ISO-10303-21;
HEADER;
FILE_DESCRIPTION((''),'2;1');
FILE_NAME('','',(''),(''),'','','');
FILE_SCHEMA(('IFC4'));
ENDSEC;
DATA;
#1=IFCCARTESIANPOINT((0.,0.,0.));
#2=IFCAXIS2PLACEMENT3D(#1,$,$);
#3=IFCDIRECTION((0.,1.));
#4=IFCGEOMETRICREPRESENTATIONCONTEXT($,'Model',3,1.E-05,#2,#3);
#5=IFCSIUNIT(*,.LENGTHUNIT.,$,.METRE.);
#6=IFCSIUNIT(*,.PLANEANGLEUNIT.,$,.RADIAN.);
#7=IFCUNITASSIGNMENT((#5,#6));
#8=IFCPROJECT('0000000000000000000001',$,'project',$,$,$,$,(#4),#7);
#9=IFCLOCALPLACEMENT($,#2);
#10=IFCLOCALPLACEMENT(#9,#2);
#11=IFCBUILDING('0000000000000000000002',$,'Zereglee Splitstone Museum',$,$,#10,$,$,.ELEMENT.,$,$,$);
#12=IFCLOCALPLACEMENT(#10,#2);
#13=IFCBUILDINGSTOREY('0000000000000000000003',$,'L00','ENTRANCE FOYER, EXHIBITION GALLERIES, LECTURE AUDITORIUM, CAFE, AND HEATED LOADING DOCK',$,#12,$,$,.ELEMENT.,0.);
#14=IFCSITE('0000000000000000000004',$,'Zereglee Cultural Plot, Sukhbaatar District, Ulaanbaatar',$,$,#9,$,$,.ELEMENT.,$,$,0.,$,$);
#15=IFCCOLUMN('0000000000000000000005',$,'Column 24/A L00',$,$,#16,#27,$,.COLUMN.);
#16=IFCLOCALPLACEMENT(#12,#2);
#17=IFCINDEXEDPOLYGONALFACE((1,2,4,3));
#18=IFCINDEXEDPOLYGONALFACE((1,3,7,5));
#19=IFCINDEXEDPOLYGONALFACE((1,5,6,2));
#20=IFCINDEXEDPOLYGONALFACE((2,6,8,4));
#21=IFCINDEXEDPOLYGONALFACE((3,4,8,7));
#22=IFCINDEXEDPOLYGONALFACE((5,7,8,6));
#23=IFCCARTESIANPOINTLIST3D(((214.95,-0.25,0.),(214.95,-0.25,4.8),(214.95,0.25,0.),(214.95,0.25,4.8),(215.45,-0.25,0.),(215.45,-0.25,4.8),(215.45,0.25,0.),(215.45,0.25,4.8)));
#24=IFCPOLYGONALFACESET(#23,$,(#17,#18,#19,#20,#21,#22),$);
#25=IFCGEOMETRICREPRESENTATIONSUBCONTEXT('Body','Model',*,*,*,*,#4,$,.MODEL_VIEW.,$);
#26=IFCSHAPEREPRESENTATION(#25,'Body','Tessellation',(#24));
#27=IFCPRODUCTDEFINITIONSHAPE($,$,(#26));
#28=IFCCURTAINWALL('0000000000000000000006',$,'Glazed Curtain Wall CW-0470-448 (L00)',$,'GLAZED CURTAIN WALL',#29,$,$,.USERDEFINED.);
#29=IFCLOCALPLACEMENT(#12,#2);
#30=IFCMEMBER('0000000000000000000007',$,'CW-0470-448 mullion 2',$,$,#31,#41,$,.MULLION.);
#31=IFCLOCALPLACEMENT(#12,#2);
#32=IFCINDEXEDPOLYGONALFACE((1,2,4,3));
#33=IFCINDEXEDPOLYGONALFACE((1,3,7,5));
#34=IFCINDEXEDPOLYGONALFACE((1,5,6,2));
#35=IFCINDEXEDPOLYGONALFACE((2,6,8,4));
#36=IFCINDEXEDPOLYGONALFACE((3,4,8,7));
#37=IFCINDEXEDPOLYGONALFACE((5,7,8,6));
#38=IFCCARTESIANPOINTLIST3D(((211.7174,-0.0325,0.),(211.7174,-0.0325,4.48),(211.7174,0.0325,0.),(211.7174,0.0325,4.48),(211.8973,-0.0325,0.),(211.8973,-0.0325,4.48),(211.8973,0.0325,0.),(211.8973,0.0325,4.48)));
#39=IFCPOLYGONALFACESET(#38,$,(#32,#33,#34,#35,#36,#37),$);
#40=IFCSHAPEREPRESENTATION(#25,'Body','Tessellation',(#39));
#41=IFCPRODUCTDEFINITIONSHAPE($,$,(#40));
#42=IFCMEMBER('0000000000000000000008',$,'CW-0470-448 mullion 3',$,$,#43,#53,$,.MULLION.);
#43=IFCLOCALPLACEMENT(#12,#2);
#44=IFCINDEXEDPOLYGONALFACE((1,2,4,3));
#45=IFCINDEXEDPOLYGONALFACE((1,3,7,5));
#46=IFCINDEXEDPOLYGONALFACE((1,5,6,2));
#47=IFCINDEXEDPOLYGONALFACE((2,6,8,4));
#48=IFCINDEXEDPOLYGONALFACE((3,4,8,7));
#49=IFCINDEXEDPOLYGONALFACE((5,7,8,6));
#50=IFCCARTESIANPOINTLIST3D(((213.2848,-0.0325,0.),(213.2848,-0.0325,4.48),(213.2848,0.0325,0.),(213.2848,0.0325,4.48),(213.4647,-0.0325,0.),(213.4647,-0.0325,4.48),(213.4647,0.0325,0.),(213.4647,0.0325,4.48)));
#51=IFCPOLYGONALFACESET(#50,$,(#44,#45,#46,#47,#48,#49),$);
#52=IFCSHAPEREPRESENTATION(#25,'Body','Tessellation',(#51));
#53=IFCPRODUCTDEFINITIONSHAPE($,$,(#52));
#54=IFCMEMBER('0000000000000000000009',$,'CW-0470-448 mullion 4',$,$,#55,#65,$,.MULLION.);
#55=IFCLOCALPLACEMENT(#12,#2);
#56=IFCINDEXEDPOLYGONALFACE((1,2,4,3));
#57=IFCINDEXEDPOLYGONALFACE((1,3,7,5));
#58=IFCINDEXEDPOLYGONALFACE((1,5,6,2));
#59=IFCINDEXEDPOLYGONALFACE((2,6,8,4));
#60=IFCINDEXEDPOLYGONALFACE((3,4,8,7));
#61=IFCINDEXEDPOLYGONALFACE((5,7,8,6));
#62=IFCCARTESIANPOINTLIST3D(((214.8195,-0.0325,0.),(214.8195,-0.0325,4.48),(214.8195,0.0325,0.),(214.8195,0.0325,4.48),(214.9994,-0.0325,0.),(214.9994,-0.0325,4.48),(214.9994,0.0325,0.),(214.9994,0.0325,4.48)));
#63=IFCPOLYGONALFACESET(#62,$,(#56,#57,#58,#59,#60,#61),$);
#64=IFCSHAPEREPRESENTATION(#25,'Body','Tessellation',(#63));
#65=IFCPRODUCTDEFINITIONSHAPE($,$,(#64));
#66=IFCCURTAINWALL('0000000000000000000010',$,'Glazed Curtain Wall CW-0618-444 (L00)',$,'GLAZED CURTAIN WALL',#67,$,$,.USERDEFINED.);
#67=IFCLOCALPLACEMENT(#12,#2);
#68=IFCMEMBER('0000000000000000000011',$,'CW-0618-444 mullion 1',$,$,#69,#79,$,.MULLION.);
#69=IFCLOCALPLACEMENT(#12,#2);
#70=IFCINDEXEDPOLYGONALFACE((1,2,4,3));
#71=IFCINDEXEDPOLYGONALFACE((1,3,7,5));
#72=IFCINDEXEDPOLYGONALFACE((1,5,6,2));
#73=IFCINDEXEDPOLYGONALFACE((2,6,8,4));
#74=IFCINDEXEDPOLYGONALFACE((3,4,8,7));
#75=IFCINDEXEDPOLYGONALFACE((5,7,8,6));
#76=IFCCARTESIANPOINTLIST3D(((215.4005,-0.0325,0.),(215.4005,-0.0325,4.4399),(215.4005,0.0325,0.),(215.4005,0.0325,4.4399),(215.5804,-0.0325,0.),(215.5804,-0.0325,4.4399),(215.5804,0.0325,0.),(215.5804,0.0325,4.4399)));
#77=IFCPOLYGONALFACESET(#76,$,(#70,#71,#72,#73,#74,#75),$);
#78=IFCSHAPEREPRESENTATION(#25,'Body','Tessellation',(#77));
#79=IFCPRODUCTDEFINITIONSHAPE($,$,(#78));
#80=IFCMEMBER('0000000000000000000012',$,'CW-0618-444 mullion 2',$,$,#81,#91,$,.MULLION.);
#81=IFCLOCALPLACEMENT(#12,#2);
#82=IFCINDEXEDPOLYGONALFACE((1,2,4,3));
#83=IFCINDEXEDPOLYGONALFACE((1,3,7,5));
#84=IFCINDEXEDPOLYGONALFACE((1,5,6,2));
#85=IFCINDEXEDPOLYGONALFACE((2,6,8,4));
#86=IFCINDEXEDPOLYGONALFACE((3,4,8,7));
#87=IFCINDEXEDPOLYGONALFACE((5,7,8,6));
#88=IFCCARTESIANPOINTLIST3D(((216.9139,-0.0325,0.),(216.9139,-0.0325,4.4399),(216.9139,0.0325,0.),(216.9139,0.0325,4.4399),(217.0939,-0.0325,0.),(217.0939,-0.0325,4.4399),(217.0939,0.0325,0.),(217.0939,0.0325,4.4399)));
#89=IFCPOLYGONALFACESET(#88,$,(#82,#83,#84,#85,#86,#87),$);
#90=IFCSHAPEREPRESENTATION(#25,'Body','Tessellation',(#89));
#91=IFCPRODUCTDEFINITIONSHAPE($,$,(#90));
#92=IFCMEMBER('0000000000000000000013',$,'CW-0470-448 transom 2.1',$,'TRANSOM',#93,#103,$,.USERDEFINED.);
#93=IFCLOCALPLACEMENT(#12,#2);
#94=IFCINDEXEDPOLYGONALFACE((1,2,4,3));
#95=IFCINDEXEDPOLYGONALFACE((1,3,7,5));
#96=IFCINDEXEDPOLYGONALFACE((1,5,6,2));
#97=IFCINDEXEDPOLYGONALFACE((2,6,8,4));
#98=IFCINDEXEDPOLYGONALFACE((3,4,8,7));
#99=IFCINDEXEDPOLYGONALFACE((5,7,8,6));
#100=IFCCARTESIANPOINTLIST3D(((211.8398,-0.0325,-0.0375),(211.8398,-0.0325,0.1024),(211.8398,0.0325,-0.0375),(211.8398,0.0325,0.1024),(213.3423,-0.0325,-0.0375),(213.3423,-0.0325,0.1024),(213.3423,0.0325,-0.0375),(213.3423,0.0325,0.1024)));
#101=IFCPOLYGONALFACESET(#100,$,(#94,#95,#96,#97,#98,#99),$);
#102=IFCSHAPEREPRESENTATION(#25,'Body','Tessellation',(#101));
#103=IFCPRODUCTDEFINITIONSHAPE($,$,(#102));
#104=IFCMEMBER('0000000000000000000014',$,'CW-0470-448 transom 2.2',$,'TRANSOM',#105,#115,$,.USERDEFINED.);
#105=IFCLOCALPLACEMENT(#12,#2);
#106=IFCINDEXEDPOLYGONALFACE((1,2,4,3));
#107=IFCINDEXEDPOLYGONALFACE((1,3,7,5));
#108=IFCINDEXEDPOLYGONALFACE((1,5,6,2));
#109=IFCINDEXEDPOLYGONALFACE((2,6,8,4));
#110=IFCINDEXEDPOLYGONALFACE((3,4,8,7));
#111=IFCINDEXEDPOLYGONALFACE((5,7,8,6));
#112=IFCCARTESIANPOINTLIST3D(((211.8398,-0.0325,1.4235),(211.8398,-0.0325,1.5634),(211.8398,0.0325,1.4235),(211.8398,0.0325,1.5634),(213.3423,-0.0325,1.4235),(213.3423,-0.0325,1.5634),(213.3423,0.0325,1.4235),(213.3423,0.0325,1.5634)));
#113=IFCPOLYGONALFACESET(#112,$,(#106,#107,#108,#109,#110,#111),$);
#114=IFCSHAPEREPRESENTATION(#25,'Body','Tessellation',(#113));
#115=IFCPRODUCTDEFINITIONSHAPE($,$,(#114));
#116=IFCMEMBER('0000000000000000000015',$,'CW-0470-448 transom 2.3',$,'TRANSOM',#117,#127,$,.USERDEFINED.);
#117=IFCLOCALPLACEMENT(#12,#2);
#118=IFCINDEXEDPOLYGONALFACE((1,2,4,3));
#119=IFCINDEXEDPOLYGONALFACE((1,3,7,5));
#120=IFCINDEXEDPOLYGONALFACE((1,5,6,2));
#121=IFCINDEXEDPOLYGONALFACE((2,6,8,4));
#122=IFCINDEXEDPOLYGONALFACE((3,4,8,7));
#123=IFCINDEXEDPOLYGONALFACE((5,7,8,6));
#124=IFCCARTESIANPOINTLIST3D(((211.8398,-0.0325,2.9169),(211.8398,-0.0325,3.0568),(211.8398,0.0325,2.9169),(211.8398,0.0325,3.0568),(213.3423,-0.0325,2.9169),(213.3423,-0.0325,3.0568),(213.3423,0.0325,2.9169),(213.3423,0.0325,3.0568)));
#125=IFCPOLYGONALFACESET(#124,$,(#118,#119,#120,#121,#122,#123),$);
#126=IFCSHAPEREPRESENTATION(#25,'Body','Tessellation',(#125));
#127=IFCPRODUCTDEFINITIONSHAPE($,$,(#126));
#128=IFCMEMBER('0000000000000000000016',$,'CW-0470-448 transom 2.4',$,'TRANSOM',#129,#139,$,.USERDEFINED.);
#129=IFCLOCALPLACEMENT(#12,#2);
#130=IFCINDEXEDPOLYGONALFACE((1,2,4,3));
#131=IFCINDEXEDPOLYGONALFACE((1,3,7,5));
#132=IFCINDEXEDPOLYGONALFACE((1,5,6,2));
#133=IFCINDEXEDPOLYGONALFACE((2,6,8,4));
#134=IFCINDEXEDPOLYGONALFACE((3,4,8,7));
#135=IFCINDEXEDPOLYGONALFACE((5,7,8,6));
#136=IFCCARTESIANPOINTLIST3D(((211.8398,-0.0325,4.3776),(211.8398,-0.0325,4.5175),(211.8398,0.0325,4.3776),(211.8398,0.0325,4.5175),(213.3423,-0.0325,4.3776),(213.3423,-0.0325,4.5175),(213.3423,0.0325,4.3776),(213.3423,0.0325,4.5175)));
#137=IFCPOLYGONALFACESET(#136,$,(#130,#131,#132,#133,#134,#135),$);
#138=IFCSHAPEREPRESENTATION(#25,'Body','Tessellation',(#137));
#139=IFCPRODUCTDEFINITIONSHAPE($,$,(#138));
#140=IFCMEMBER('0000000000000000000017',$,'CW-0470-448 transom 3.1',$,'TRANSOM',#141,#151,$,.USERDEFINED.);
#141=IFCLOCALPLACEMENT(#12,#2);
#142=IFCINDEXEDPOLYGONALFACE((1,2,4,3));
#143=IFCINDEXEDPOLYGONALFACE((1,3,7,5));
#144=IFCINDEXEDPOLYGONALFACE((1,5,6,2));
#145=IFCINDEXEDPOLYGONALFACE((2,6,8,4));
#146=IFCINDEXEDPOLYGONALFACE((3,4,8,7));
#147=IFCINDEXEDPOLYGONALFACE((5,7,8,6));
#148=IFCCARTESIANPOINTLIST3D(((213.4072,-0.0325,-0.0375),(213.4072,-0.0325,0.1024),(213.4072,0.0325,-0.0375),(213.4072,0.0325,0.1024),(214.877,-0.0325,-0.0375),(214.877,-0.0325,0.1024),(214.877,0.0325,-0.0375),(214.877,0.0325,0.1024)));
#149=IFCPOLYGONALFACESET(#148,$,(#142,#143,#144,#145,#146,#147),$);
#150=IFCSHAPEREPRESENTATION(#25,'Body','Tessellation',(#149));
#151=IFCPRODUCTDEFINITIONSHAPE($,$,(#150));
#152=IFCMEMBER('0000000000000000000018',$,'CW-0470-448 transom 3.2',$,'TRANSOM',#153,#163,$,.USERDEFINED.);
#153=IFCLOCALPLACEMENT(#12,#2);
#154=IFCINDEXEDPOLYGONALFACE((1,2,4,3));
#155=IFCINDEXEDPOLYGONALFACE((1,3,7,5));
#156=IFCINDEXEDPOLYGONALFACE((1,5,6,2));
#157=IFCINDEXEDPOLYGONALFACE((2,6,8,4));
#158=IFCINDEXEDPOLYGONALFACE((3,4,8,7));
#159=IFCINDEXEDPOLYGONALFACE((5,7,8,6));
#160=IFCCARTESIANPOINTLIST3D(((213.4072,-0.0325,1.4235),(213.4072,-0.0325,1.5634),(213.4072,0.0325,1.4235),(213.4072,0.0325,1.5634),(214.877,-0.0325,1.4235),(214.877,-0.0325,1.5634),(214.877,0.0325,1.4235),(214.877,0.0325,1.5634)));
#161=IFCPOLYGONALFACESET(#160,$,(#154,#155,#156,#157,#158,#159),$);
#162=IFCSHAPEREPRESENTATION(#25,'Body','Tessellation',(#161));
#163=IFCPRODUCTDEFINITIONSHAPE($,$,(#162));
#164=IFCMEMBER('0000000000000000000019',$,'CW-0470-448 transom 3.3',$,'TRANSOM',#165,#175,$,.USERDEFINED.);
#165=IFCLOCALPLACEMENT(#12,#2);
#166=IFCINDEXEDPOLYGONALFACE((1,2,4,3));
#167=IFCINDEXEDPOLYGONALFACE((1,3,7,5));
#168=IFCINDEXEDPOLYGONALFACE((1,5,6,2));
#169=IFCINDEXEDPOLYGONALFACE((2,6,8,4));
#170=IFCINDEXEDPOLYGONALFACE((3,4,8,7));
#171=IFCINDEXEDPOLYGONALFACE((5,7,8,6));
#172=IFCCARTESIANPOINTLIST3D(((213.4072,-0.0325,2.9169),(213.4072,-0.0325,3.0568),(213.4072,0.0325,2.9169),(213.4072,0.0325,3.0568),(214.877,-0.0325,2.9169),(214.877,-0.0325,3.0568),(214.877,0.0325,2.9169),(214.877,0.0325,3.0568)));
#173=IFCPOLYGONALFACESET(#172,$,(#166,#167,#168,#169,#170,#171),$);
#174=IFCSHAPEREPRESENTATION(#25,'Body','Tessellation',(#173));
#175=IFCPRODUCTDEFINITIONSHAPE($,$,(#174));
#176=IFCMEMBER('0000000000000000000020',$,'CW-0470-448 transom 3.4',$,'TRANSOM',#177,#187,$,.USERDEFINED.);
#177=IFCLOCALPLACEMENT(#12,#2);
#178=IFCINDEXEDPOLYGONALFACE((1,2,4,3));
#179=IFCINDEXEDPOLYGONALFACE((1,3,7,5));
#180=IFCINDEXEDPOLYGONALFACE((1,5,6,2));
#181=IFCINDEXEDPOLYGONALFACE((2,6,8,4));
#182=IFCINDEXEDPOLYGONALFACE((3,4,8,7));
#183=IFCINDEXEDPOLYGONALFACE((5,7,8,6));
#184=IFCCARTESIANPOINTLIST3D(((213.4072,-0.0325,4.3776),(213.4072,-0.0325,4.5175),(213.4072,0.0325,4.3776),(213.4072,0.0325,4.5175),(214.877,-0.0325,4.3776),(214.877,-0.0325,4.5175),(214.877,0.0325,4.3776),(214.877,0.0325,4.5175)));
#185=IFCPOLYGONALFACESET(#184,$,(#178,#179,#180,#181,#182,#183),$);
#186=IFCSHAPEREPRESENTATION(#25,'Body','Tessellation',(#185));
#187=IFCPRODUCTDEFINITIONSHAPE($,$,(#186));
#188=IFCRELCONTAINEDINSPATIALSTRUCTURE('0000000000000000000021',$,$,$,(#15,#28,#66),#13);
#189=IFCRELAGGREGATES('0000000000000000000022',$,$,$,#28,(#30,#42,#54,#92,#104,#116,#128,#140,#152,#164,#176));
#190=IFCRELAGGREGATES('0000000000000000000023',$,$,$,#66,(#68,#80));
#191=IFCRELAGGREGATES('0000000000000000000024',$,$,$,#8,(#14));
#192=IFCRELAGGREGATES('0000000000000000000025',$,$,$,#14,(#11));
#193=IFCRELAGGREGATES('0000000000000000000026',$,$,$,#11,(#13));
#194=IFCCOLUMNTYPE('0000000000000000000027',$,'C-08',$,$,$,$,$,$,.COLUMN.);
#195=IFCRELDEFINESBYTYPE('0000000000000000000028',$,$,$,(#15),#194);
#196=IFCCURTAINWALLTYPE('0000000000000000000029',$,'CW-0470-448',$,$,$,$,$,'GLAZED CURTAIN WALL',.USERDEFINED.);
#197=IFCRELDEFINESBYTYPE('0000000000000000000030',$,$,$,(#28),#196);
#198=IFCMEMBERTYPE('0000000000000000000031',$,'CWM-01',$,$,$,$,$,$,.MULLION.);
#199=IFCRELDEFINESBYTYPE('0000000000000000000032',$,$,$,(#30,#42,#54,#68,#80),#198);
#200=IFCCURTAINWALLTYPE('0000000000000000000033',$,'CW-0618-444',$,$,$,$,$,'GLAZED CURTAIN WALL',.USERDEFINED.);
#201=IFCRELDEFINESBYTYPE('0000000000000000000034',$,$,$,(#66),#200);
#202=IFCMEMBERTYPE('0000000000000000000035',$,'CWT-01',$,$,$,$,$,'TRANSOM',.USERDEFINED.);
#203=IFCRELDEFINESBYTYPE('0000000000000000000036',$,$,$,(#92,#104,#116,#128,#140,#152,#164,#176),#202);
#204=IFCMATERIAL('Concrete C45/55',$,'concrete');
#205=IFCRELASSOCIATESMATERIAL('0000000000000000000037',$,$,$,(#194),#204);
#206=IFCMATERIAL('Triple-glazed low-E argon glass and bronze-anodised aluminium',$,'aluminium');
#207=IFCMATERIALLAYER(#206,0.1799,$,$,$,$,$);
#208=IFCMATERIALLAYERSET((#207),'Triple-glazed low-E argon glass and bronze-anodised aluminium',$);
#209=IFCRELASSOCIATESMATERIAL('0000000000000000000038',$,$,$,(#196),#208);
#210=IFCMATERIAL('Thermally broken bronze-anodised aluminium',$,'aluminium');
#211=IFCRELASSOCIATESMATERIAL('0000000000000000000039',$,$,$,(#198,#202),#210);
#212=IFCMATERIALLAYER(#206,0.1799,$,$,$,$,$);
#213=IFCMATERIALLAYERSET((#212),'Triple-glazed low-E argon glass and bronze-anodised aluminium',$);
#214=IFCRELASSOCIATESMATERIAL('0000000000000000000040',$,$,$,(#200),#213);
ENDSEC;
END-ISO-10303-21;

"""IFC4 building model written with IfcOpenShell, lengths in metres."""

from ifc_helpers import new_model, si_unit, direction, frame, origin, origin_2d, place, context, subcontext, project, spatial, rectangle, extrude, material, layer, layer_set, material_profile, profile_set, type_object, element, aggregate, save


model = new_model("IFC4")

# Units and contexts
model_context = context("Model", 3, precision=1e-05, world=origin(), true_north=direction((0.0, 1.0)))
body_context = subcontext(model_context, "Body", "Model", "MODEL_VIEW")
ifc_project = project(units=[si_unit("LENGTHUNIT", "METRE"), si_unit("PLANEANGLEUNIT", "RADIAN")], contexts=[model_context])

# Site, building, storey
site_placement = place(None, origin())
site = spatial("IfcSite", under=ifc_project, at=site_placement, Name="Zereglee Cultural Plot, Sukhbaatar District, Ulaanbaatar", CompositionType="ELEMENT", RefElevation=0.0)
building_placement = place(site_placement, origin())
building = spatial("IfcBuilding", under=site, at=building_placement, Name="Zereglee Splitstone Museum", CompositionType="ELEMENT")
storey_placement = place(building_placement, origin())
storey = spatial("IfcBuildingStorey", under=building, at=storey_placement, Name="L00", Description="ENTRANCE FOYER, EXHIBITION GALLERIES, LECTURE AUDITORIUM, CAFE, AND HEATED LOADING DOCK", CompositionType="ELEMENT", Elevation=0.0)

# Column
ifc_material_1 = material(Name="Concrete C45/55", Category="concrete")
ifc_material_profile_1 = material_profile(ifc_material_1, rectangle(XDim=0.5, YDim=0.5, at=origin_2d()), Name="RC 500x500")
ifc_profile_set_1 = profile_set([ifc_material_profile_1], Name="Concrete C45/55")
column_type = type_object("IfcColumnType", Name="C-08", PredefinedType="COLUMN", material=ifc_profile_set_1)
column_placement = place(storey_placement, frame((215.2, 0.0, 0.0), z_axis=(0.0, 0.0, 1.0), x_axis=(1.0, 0.0, 0.0)))
element("IfcColumn", 1, at=column_placement, inside=storey, type_object=column_type, Name="Column 24/A L00", PredefinedType="COLUMN", context=body_context, shape_type="SweptSolid", body=[
    extrude(rectangle(XDim=0.5, YDim=0.5, at=origin_2d()), origin(), (0.0, 0.0, 1.0), 4.8),
])

# Curtain walls, members
ifc_material_2 = material(Name="Triple-glazed low-E argon glass and bronze-anodised aluminium", Category="aluminium")
ifc_layer_1 = layer(ifc_material_2, 0.1799)
ifc_layer_set_1 = layer_set([ifc_layer_1], Name="Triple-glazed low-E argon glass and bronze-anodised aluminium")
curtain_wall_type_1 = type_object("IfcCurtainWallType", Name="CW-0470-448", ElementType="GLAZED CURTAIN WALL", PredefinedType="USERDEFINED", material=ifc_layer_set_1)
curtain_wall_1_placement = place(storey_placement, origin())
curtain_wall_1 = element("IfcCurtainWall", 2, at=curtain_wall_1_placement, inside=storey, type_object=curtain_wall_type_1, Name="Glazed Curtain Wall CW-0470-448 (L00)", ObjectType="GLAZED CURTAIN WALL", PredefinedType="USERDEFINED")
ifc_material_3 = material(Name="Thermally broken bronze-anodised aluminium", Category="aluminium")
ifc_material_profile_2 = material_profile(ifc_material_3, rectangle(XDim=0.0649, YDim=0.1799, at=origin_2d()), Name="CW MULL 65x180")
ifc_profile_set_2 = profile_set([ifc_material_profile_2], Name="Thermally broken bronze-anodised aluminium")
member_type_1 = type_object("IfcMemberType", Name="CWM-01", PredefinedType="MULLION", material=ifc_profile_set_2)
member_1_placement = place(storey_placement, frame((211.8074, 0.0, 0.0), z_axis=(0.0, 0.0, 1.0), x_axis=(0.0, 1.0, 0.0)))
member_1 = element("IfcMember", 3, at=member_1_placement, type_object=member_type_1, Name="CW-0470-448 mullion 2", PredefinedType="MULLION", context=body_context, shape_type="SweptSolid", body=[
    extrude(rectangle(XDim=0.0649, YDim=0.1799, at=origin_2d()), origin(), (0.0, 0.0, 1.0), 4.48),
])
member_2_placement = place(storey_placement, frame((213.3748, 0.0, 0.0), z_axis=(0.0, 0.0, 1.0), x_axis=(0.0, 1.0, 0.0)))
member_2 = element("IfcMember", 4, at=member_2_placement, type_object=member_type_1, Name="CW-0470-448 mullion 3", PredefinedType="MULLION", context=body_context, shape_type="SweptSolid", body=[
    extrude(rectangle(XDim=0.0649, YDim=0.1799, at=origin_2d()), origin(), (0.0, 0.0, 1.0), 4.48),
])
member_3_placement = place(storey_placement, frame((214.9094, 0.0, 0.0), z_axis=(0.0, 0.0, 1.0), x_axis=(0.0, 1.0, 0.0)))
member_3 = element("IfcMember", 5, at=member_3_placement, type_object=member_type_1, Name="CW-0470-448 mullion 4", PredefinedType="MULLION", context=body_context, shape_type="SweptSolid", body=[
    extrude(rectangle(XDim=0.0649, YDim=0.1799, at=origin_2d()), origin(), (0.0, 0.0, 1.0), 4.48),
])
ifc_layer_2 = layer(ifc_material_2, 0.1799)
ifc_layer_set_2 = layer_set([ifc_layer_2], Name="Triple-glazed low-E argon glass and bronze-anodised aluminium")
curtain_wall_type_2 = type_object("IfcCurtainWallType", Name="CW-0618-444", ElementType="GLAZED CURTAIN WALL", PredefinedType="USERDEFINED", material=ifc_layer_set_2)
curtain_wall_2_placement = place(storey_placement, origin())
curtain_wall_2 = element("IfcCurtainWall", 6, at=curtain_wall_2_placement, inside=storey, type_object=curtain_wall_type_2, Name="Glazed Curtain Wall CW-0618-444 (L00)", ObjectType="GLAZED CURTAIN WALL", PredefinedType="USERDEFINED")
member_4_placement = place(storey_placement, frame((215.4905, 0.0, 0.0), z_axis=(0.0, 0.0, 1.0), x_axis=(0.0, 1.0, 0.0)))
member_4 = element("IfcMember", 7, at=member_4_placement, type_object=member_type_1, Name="CW-0618-444 mullion 1", PredefinedType="MULLION", context=body_context, shape_type="SweptSolid", body=[
    extrude(rectangle(XDim=0.0649, YDim=0.1799, at=origin_2d()), origin(), (0.0, 0.0, 1.0), 4.4399),
])
member_5_placement = place(storey_placement, frame((217.0039, 0.0, 0.0), z_axis=(0.0, 0.0, 1.0), x_axis=(0.0, 1.0, 0.0)))
member_5 = element("IfcMember", 8, at=member_5_placement, type_object=member_type_1, Name="CW-0618-444 mullion 2", PredefinedType="MULLION", context=body_context, shape_type="SweptSolid", body=[
    extrude(rectangle(XDim=0.0649, YDim=0.1799, at=origin_2d()), origin(), (0.0, 0.0, 1.0), 4.4399),
])

# Members
ifc_material_profile_3 = material_profile(ifc_material_3, rectangle(XDim=0.0649, YDim=0.1399, at=origin_2d()), Name="CW TRAN 65x140")
ifc_profile_set_3 = profile_set([ifc_material_profile_3], Name="Thermally broken bronze-anodised aluminium")
member_type_2 = type_object("IfcMemberType", Name="CWT-01", ElementType="TRANSOM", PredefinedType="USERDEFINED", material=ifc_profile_set_3)
member_6_placement = place(storey_placement, frame((211.8398, 0.0, 0.0325), z_axis=(1.0, 0.0, 0.0), x_axis=(0.0, 1.0, 0.0)))
member_6 = element("IfcMember", 9, at=member_6_placement, type_object=member_type_2, Name="CW-0470-448 transom 2.1", ObjectType="TRANSOM", PredefinedType="USERDEFINED", context=body_context, shape_type="SweptSolid", body=[
    extrude(rectangle(XDim=0.0649, YDim=0.1399, at=origin_2d()), origin(), (0.0, 0.0, 1.0), 1.5024),
])
member_7_placement = place(storey_placement, frame((211.8398, 0.0, 1.4934), z_axis=(1.0, 0.0, 0.0), x_axis=(0.0, 1.0, 0.0)))
member_7 = element("IfcMember", 10, at=member_7_placement, type_object=member_type_2, Name="CW-0470-448 transom 2.2", ObjectType="TRANSOM", PredefinedType="USERDEFINED", context=body_context, shape_type="SweptSolid", body=[
    extrude(rectangle(XDim=0.0649, YDim=0.1399, at=origin_2d()), origin(), (0.0, 0.0, 1.0), 1.5024),
])
member_8_placement = place(storey_placement, frame((211.8398, 0.0, 2.9868), z_axis=(1.0, 0.0, 0.0), x_axis=(0.0, 1.0, 0.0)))
member_8 = element("IfcMember", 11, at=member_8_placement, type_object=member_type_2, Name="CW-0470-448 transom 2.3", ObjectType="TRANSOM", PredefinedType="USERDEFINED", context=body_context, shape_type="SweptSolid", body=[
    extrude(rectangle(XDim=0.0649, YDim=0.1399, at=origin_2d()), origin(), (0.0, 0.0, 1.0), 1.5024),
])
member_9_placement = place(storey_placement, frame((211.8398, 0.0, 4.4475), z_axis=(1.0, 0.0, 0.0), x_axis=(0.0, 1.0, 0.0)))
member_9 = element("IfcMember", 12, at=member_9_placement, type_object=member_type_2, Name="CW-0470-448 transom 2.4", ObjectType="TRANSOM", PredefinedType="USERDEFINED", context=body_context, shape_type="SweptSolid", body=[
    extrude(rectangle(XDim=0.0649, YDim=0.1399, at=origin_2d()), origin(), (0.0, 0.0, 1.0), 1.5024),
])
member_10_placement = place(storey_placement, frame((213.4072, 0.0, 0.0325), z_axis=(1.0, 0.0, 0.0), x_axis=(0.0, 1.0, 0.0)))
member_10 = element("IfcMember", 13, at=member_10_placement, type_object=member_type_2, Name="CW-0470-448 transom 3.1", ObjectType="TRANSOM", PredefinedType="USERDEFINED", context=body_context, shape_type="SweptSolid", body=[
    extrude(rectangle(XDim=0.0649, YDim=0.1399, at=origin_2d()), origin(), (0.0, 0.0, 1.0), 1.4697),
])
member_11_placement = place(storey_placement, frame((213.4072, 0.0, 1.4934), z_axis=(1.0, 0.0, 0.0), x_axis=(0.0, 1.0, 0.0)))
member_11 = element("IfcMember", 14, at=member_11_placement, type_object=member_type_2, Name="CW-0470-448 transom 3.2", ObjectType="TRANSOM", PredefinedType="USERDEFINED", context=body_context, shape_type="SweptSolid", body=[
    extrude(rectangle(XDim=0.0649, YDim=0.1399, at=origin_2d()), origin(), (0.0, 0.0, 1.0), 1.4697),
])
member_12_placement = place(storey_placement, frame((213.4072, 0.0, 2.9868), z_axis=(1.0, 0.0, 0.0), x_axis=(0.0, 1.0, 0.0)))
member_12 = element("IfcMember", 15, at=member_12_placement, type_object=member_type_2, Name="CW-0470-448 transom 3.3", ObjectType="TRANSOM", PredefinedType="USERDEFINED", context=body_context, shape_type="SweptSolid", body=[
    extrude(rectangle(XDim=0.0649, YDim=0.1399, at=origin_2d()), origin(), (0.0, 0.0, 1.0), 1.4697),
])
member_13_placement = place(storey_placement, frame((213.4072, 0.0, 4.4475), z_axis=(1.0, 0.0, 0.0), x_axis=(0.0, 1.0, 0.0)))
member_13 = element("IfcMember", 16, at=member_13_placement, type_object=member_type_2, Name="CW-0470-448 transom 3.4", ObjectType="TRANSOM", PredefinedType="USERDEFINED", context=body_context, shape_type="SweptSolid", body=[
    extrude(rectangle(XDim=0.0649, YDim=0.1399, at=origin_2d()), origin(), (0.0, 0.0, 1.0), 1.4697),
])

aggregate(curtain_wall_1, [member_1, member_2, member_3, member_6, member_7, member_8, member_9, member_10, member_11, member_12, member_13])
aggregate(curtain_wall_2, [member_4, member_5])

save(model, "model.ifc")
